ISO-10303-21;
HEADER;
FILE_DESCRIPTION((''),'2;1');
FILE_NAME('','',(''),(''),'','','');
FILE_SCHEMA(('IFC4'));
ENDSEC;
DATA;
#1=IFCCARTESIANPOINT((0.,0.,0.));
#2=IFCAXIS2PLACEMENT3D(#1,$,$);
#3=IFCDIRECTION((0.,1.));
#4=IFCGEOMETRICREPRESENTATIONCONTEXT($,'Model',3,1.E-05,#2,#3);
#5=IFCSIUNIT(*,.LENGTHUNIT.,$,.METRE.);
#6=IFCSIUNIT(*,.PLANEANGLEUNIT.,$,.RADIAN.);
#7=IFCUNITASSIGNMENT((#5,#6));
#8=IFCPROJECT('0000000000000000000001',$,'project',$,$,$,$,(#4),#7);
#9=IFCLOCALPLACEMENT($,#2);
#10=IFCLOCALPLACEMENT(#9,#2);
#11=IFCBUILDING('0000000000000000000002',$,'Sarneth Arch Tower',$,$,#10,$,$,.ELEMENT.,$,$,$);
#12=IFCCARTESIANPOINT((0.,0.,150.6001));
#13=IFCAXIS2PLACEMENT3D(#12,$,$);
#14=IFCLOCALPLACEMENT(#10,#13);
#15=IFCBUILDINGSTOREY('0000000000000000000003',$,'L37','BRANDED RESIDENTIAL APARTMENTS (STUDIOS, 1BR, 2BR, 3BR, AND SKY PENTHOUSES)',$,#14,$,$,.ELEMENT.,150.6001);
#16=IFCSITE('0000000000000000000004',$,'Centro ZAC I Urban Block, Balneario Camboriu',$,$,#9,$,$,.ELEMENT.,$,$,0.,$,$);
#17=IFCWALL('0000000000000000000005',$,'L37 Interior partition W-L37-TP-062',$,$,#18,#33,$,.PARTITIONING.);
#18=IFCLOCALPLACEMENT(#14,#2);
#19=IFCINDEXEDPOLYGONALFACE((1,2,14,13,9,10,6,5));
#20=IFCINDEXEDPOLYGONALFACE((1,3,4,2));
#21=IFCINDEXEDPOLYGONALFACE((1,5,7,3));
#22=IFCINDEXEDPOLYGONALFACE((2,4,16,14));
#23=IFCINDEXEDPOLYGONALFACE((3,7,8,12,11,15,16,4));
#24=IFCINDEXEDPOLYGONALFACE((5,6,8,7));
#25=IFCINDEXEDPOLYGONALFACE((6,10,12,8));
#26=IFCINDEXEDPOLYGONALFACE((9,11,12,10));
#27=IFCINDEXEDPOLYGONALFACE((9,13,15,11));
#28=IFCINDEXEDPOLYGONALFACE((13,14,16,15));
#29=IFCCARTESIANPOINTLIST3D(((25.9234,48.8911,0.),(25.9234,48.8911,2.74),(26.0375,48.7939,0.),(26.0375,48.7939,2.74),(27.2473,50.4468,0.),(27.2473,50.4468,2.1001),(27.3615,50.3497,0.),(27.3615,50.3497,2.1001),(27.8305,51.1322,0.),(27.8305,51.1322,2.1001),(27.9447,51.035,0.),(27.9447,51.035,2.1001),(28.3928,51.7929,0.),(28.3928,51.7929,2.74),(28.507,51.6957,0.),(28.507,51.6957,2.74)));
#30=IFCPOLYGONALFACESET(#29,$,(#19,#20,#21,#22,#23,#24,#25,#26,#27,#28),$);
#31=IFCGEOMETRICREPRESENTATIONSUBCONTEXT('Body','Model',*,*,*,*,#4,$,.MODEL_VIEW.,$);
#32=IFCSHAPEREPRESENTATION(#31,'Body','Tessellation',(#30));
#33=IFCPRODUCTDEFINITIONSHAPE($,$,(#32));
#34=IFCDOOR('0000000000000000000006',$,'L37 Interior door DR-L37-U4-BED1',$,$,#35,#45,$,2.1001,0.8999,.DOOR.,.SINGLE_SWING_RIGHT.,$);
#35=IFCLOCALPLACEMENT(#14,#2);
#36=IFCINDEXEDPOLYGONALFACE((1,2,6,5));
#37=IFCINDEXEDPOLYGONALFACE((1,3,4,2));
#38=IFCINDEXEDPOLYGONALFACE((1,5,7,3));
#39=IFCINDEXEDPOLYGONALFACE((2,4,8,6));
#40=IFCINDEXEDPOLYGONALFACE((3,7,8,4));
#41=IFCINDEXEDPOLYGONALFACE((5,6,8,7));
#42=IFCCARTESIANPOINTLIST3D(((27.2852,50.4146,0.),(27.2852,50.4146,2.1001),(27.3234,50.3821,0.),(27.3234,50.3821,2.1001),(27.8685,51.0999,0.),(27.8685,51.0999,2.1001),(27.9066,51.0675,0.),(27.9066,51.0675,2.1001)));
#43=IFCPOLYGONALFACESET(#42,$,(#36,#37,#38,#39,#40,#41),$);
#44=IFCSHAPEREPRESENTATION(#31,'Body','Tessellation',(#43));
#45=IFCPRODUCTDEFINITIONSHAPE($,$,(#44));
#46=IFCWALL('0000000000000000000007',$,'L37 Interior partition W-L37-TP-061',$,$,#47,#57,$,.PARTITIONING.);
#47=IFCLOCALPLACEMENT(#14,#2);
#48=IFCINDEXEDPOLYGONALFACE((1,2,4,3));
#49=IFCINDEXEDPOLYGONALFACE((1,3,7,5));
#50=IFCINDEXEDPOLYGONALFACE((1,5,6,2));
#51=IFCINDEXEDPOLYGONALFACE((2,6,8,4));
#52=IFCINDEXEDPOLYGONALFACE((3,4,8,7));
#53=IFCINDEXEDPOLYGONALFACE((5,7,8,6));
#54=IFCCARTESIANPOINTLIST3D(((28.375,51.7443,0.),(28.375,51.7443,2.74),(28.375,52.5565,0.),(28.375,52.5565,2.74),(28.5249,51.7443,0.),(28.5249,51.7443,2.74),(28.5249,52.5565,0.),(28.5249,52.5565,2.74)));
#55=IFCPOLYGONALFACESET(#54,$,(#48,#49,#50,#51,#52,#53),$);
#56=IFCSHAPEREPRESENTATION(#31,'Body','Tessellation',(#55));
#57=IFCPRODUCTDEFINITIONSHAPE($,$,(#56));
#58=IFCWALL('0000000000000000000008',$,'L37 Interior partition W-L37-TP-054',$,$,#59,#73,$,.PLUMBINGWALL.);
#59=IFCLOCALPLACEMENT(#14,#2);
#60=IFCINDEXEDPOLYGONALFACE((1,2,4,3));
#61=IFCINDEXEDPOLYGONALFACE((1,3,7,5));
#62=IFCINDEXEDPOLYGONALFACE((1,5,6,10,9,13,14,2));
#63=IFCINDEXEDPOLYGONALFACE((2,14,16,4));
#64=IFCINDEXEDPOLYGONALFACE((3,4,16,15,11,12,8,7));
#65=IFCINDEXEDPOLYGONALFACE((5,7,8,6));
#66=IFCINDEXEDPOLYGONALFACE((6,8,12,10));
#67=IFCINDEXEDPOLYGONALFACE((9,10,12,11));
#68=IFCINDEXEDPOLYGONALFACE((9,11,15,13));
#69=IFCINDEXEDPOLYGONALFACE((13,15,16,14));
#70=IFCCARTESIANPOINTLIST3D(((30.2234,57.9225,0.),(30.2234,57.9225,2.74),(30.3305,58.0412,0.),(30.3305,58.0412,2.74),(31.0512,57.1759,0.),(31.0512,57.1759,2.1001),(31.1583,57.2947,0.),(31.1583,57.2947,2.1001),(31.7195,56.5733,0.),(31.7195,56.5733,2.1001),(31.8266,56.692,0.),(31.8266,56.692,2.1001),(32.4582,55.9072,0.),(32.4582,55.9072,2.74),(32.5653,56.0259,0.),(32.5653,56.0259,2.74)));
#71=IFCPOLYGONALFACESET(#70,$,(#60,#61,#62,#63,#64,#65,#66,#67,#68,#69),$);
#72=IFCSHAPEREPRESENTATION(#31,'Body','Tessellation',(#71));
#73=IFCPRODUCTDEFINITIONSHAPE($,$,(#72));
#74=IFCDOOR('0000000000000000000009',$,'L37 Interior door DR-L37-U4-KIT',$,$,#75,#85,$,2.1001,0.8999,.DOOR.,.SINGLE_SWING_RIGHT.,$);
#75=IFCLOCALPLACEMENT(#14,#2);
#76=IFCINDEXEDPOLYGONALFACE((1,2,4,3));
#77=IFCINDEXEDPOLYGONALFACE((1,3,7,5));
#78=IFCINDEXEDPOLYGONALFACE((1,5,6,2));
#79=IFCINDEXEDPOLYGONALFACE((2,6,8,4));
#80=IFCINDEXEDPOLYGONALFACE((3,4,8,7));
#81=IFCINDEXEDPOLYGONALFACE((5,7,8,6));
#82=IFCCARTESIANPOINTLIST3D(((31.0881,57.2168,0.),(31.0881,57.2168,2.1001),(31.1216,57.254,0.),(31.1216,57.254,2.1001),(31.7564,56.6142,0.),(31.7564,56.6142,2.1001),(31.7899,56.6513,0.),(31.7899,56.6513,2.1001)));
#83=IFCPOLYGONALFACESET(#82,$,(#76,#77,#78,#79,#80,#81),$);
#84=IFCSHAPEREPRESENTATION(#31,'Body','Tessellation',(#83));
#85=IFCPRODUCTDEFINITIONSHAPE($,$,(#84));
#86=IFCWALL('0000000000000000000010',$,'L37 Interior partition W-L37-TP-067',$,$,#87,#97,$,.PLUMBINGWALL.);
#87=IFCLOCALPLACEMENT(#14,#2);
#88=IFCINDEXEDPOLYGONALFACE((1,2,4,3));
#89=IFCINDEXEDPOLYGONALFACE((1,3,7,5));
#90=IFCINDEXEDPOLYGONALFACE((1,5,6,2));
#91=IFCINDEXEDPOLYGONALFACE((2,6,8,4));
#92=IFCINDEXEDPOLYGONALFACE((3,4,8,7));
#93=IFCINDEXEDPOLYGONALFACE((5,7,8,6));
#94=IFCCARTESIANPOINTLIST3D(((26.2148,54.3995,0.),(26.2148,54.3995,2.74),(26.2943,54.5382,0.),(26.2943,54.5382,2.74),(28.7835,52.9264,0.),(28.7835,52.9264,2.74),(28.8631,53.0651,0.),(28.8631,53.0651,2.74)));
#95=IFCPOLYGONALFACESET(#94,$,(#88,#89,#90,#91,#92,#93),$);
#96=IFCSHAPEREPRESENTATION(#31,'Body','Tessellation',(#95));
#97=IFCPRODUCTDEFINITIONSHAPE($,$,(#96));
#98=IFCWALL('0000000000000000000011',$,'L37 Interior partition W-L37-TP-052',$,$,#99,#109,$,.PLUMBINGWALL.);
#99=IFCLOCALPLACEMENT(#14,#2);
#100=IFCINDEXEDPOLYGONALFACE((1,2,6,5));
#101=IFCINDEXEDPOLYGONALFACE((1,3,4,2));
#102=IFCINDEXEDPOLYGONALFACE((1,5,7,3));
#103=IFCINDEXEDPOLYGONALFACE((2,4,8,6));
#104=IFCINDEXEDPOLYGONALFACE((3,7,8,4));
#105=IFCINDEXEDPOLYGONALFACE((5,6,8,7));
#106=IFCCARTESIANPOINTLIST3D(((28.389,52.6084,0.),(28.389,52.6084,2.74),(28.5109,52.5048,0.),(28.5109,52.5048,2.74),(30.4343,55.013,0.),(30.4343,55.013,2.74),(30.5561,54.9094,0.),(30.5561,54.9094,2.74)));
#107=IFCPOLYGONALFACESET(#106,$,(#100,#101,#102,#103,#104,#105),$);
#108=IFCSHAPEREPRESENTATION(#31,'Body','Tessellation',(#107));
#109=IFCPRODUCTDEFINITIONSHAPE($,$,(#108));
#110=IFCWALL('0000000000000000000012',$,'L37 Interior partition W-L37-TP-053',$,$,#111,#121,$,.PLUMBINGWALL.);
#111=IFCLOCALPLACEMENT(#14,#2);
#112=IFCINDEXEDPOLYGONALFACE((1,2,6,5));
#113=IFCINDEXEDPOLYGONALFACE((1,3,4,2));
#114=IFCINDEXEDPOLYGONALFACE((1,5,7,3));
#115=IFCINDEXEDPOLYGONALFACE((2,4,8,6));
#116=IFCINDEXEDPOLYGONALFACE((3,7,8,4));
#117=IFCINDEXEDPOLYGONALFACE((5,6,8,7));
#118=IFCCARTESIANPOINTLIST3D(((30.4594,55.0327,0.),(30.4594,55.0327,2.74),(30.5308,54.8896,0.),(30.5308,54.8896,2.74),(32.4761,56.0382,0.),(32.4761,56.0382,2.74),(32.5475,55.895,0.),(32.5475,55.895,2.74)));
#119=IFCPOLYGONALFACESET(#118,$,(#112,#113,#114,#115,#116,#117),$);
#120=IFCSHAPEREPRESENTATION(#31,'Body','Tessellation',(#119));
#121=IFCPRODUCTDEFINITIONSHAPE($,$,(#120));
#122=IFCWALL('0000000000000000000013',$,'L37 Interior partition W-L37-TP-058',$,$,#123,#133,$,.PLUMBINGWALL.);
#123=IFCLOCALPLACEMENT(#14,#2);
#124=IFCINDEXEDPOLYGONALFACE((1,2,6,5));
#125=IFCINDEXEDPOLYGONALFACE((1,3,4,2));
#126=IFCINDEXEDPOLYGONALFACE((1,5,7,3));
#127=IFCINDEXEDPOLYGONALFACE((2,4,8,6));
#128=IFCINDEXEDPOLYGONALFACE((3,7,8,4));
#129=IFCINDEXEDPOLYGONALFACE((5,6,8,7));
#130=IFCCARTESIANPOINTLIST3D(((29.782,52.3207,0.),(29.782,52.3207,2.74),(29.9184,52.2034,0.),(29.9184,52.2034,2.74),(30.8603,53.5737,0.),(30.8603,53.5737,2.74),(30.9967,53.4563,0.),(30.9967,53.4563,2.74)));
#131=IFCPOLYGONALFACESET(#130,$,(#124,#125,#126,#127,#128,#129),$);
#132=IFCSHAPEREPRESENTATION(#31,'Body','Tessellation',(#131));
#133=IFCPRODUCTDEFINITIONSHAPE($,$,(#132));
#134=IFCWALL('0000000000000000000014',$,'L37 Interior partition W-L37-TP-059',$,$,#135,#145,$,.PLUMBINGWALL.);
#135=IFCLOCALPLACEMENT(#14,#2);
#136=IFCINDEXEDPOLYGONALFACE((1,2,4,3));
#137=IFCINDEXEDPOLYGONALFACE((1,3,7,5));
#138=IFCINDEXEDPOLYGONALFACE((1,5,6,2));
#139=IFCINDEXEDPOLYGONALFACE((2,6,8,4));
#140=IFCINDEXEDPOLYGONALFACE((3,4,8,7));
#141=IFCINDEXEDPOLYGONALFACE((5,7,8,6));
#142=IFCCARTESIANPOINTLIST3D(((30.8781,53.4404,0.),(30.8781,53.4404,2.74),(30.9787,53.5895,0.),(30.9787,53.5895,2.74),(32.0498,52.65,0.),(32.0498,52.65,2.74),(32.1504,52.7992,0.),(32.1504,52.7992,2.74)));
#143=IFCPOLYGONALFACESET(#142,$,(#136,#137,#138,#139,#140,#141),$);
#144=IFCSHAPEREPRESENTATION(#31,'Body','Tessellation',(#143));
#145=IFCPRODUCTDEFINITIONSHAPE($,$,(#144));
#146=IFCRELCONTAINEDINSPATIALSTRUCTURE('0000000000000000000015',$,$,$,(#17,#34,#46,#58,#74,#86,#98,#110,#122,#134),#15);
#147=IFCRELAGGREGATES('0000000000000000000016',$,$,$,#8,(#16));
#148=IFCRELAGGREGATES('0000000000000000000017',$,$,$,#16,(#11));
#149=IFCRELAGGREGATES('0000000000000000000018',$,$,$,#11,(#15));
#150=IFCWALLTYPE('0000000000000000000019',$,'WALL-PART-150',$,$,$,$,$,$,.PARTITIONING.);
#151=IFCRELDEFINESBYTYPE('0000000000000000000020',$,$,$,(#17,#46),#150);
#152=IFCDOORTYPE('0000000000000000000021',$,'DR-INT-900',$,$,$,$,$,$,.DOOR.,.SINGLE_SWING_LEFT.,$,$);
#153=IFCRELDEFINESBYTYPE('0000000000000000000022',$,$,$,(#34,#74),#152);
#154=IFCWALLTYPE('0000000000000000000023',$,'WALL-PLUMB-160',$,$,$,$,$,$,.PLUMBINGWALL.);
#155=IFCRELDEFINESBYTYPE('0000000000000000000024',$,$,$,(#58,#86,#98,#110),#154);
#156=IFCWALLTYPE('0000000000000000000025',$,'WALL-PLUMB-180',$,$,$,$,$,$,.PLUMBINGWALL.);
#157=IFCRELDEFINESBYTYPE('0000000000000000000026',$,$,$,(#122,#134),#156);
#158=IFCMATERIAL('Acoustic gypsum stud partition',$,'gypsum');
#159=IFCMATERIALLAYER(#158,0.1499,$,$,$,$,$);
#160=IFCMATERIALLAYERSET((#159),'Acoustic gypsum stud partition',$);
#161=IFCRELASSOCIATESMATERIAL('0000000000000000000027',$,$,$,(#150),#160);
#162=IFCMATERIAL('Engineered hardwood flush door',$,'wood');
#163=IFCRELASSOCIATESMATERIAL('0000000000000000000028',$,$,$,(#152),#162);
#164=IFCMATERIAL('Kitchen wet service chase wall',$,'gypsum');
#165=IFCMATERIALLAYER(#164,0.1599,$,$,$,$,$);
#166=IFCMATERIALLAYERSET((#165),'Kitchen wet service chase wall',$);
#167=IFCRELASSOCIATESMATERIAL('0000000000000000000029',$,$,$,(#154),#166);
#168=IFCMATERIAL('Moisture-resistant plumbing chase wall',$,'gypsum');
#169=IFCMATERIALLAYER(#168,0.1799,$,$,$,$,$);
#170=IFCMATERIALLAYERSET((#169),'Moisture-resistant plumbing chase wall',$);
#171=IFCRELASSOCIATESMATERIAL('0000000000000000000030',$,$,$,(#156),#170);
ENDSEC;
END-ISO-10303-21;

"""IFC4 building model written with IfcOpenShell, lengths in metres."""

from ifc_helpers import new_model, si_unit, direction, frame, frame_2d, origin, place, context, subcontext, project, spatial, rectangle, extrude, material, layer, layer_set, type_object, element, fill, save


model = new_model("IFC4")

# Units and contexts
model_context = context("Model", 3, precision=1e-05, world=origin(), true_north=direction((0.0, 1.0)))
body_context = subcontext(model_context, "Body", "Model", "MODEL_VIEW")
ifc_project = project(units=[si_unit("LENGTHUNIT", "METRE"), si_unit("PLANEANGLEUNIT", "RADIAN")], contexts=[model_context])

# Site, building, storey
site_placement = place(None, origin())
site = spatial("IfcSite", under=ifc_project, at=site_placement, Name="Centro ZAC I Urban Block, Balneario Camboriu", CompositionType="ELEMENT", RefElevation=0.0)
building_placement = place(site_placement, origin())
building = spatial("IfcBuilding", under=site, at=building_placement, Name="Sarneth Arch Tower", CompositionType="ELEMENT")
storey_placement = place(building_placement, frame((0.0, 0.0, 150.6001)))
storey = spatial("IfcBuildingStorey", under=building, at=storey_placement, Name="L37", Description="BRANDED RESIDENTIAL APARTMENTS (STUDIOS, 1BR, 2BR, 3BR, AND SKY PENTHOUSES)", CompositionType="ELEMENT", Elevation=150.6001)

# Wall, opening, door
ifc_material_1 = material(Name="Acoustic gypsum stud partition", Category="gypsum")
ifc_layer_1 = layer(ifc_material_1, 0.1499)
ifc_layer_set_1 = layer_set([ifc_layer_1], Name="Acoustic gypsum stud partition")
wall_type_1 = type_object("IfcWallType", Name="WALL-PART-150", PredefinedType="PARTITIONING", material=ifc_layer_set_1)
wall_1_placement = place(storey_placement, frame((28.45, 51.7444, 0.0), z_axis=(0.0, 0.0, 1.0), x_axis=(-0.648091, -0.761563, 0.0)))
wall_1 = element("IfcWall", 1, at=wall_1_placement, inside=storey, type_object=wall_type_1, Name="L37 Interior partition W-L37-TP-062", PredefinedType="PARTITIONING", context=body_context, shape_type="SweptSolid", body=[
    extrude(rectangle(XDim=3.8103, YDim=0.1499, at=frame_2d((1.9053, 0.0))), origin(), (0.0, 0.0, 1.0), 2.74),
])
opening_1_placement = place(wall_1_placement, frame((0.8677, 0.0, 0.0)))
opening_1 = element("IfcOpeningElement", 2, at=opening_1_placement, cuts=wall_1, PredefinedType="OPENING", context=body_context, shape_type="SweptSolid", body=[
    extrude(rectangle(XDim=0.8999, YDim=2.1001, at=frame_2d((0.45, 1.05))), frame((0.0, 0.085, 0.0), z_axis=(0.0, -1.0, 0.0), x_axis=(1.0, 0.0, 0.0)), (0.0, 0.0, 1.0), 0.1699),
])
ifc_material_2 = material(Name="Engineered hardwood flush door", Category="wood")
door_type_1 = type_object("IfcDoorType", Name="DR-INT-900", OperationType="SINGLE_SWING_LEFT", PredefinedType="DOOR", material=ifc_material_2)
door_1_placement = place(opening_1_placement, origin())
door_1 = element("IfcDoor", 3, at=door_1_placement, inside=storey, type_object=door_type_1, Name="L37 Interior door DR-L37-U4-BED1", OperationType="SINGLE_SWING_RIGHT", OverallHeight=2.1001, OverallWidth=0.8999, PredefinedType="DOOR", context=body_context, shape_type="SweptSolid", body=[
    extrude(rectangle(XDim=0.8999, YDim=2.1001, at=frame_2d((0.45, 1.05))), frame((0.0, 0.0249, 0.0), z_axis=(0.0, -1.0, 0.0), x_axis=(1.0, 0.0, 0.0)), (0.0, 0.0, 1.0), 0.05),
])
fill(opening_1, door_1)

# Wall
wall_2_placement = place(storey_placement, frame((28.45, 52.5566, 0.0), z_axis=(0.0, 0.0, 1.0), x_axis=(0.0, -1.0, 0.0)))
element("IfcWall", 4, at=wall_2_placement, inside=storey, type_object=wall_type_1, Name="L37 Interior partition W-L37-TP-061", PredefinedType="PARTITIONING", context=body_context, shape_type="SweptSolid", body=[
    extrude(rectangle(XDim=0.8123, YDim=0.1499, at=frame_2d((0.4062, 0.0))), origin(), (0.0, 0.0, 1.0), 2.74),
])

# Wall, opening, door
ifc_material_3 = material(Name="Kitchen wet service chase wall", Category="gypsum")
ifc_layer_2 = layer(ifc_material_3, 0.1599)
ifc_layer_set_2 = layer_set([ifc_layer_2], Name="Kitchen wet service chase wall")
wall_type_2 = type_object("IfcWallType", Name="WALL-PLUMB-160", PredefinedType="PLUMBINGWALL", material=ifc_layer_set_2)
wall_3_placement = place(storey_placement, frame((32.5117, 55.9666, 0.0), z_axis=(0.0, 0.0, 1.0), x_axis=(-0.742632, 0.669699, 0.0)))
wall_3 = element("IfcWall", 5, at=wall_3_placement, inside=storey, type_object=wall_type_2, Name="L37 Interior partition W-L37-TP-054", PredefinedType="PLUMBINGWALL", context=body_context, shape_type="SweptSolid", body=[
    extrude(rectangle(XDim=3.0093, YDim=0.1599, at=frame_2d((1.5046, 0.0))), origin(), (0.0, 0.0, 1.0), 2.74),
])
opening_2_placement = place(wall_3_placement, frame((0.9946, 0.0, 0.0)))
opening_2 = element("IfcOpeningElement", 6, at=opening_2_placement, cuts=wall_3, PredefinedType="OPENING", context=body_context, shape_type="SweptSolid", body=[
    extrude(rectangle(XDim=0.8999, YDim=2.1001, at=frame_2d((0.45, 1.05))), frame((0.0, 0.0898, 0.0), z_axis=(0.0, -1.0, 0.0), x_axis=(1.0, 0.0, 0.0)), (0.0, 0.0, 1.0), 0.1799),
])
door_2_placement = place(opening_2_placement, origin())
door_2 = element("IfcDoor", 7, at=door_2_placement, inside=storey, type_object=door_type_1, Name="L37 Interior door DR-L37-U4-KIT", OperationType="SINGLE_SWING_RIGHT", OverallHeight=2.1001, OverallWidth=0.8999, PredefinedType="DOOR", context=body_context, shape_type="SweptSolid", body=[
    extrude(rectangle(XDim=0.8999, YDim=2.1001, at=frame_2d((0.45, 1.05))), frame((0.0, 0.0249, 0.0), z_axis=(0.0, -1.0, 0.0), x_axis=(1.0, 0.0, 0.0)), (0.0, 0.0, 1.0), 0.05),
])
fill(opening_2, door_2)

# Walls
wall_4_placement = place(storey_placement, frame((26.2546, 54.4688, 0.0), z_axis=(0.0, 0.0, 1.0), x_axis=(0.867481, -0.49747, 0.0)))
element("IfcWall", 8, at=wall_4_placement, inside=storey, type_object=wall_type_2, Name="L37 Interior partition W-L37-TP-067", PredefinedType="PLUMBINGWALL", context=body_context, shape_type="SweptSolid", body=[
    extrude(rectangle(XDim=2.9612, YDim=0.1599, at=frame_2d((1.4805, 0.0))), origin(), (0.0, 0.0, 1.0), 2.74),
])
wall_5_placement = place(storey_placement, frame((28.45, 52.5566, 0.0), z_axis=(0.0, 0.0, 1.0), x_axis=(0.647889, 0.761735, 0.0)))
element("IfcWall", 9, at=wall_5_placement, inside=storey, type_object=wall_type_2, Name="L37 Interior partition W-L37-TP-052", PredefinedType="PLUMBINGWALL", context=body_context, shape_type="SweptSolid", body=[
    extrude(rectangle(XDim=3.1567, YDim=0.1599, at=frame_2d((1.5784, 0.0))), origin(), (0.0, 0.0, 1.0), 2.74),
])
wall_6_placement = place(storey_placement, frame((30.4951, 54.9612, 0.0), z_axis=(0.0, 0.0, 1.0), x_axis=(0.894947, 0.446173, 0.0)))
element("IfcWall", 10, at=wall_6_placement, inside=storey, type_object=wall_type_2, Name="L37 Interior partition W-L37-TP-053", PredefinedType="PLUMBINGWALL", context=body_context, shape_type="SweptSolid", body=[
    extrude(rectangle(XDim=2.2534, YDim=0.1599, at=frame_2d((1.1267, 0.0))), origin(), (0.0, 0.0, 1.0), 2.74),
])
ifc_material_4 = material(Name="Moisture-resistant plumbing chase wall", Category="gypsum")
ifc_layer_3 = layer(ifc_material_4, 0.1799)
ifc_layer_set_3 = layer_set([ifc_layer_3], Name="Moisture-resistant plumbing chase wall")
wall_type_3 = type_object("IfcWallType", Name="WALL-PLUMB-180", PredefinedType="PLUMBINGWALL", material=ifc_layer_set_3)
wall_7_placement = place(storey_placement, frame((29.8501, 52.262, 0.0), z_axis=(0.0, 0.0, 1.0), x_axis=(0.652335, 0.757931, 0.0)))
element("IfcWall", 11, at=wall_7_placement, inside=storey, type_object=wall_type_3, Name="L37 Interior partition W-L37-TP-058", PredefinedType="PLUMBINGWALL", context=body_context, shape_type="SweptSolid", body=[
    extrude(rectangle(XDim=1.6531, YDim=0.1799, at=frame_2d((0.8267, 0.0))), origin(), (0.0, 0.0, 1.0), 2.74),
])
wall_8_placement = place(storey_placement, frame((30.9285, 53.5149, 0.0), z_axis=(0.0, 0.0, 1.0), x_axis=(0.829035, -0.559197, 0.0)))
element("IfcWall", 12, at=wall_8_placement, inside=storey, type_object=wall_type_3, Name="L37 Interior partition W-L37-TP-059", PredefinedType="PLUMBINGWALL", context=body_context, shape_type="SweptSolid", body=[
    extrude(rectangle(XDim=1.4133, YDim=0.1799, at=frame_2d((0.7065, 0.0))), origin(), (0.0, 0.0, 1.0), 2.74),
])

save(model, "model.ifc")
